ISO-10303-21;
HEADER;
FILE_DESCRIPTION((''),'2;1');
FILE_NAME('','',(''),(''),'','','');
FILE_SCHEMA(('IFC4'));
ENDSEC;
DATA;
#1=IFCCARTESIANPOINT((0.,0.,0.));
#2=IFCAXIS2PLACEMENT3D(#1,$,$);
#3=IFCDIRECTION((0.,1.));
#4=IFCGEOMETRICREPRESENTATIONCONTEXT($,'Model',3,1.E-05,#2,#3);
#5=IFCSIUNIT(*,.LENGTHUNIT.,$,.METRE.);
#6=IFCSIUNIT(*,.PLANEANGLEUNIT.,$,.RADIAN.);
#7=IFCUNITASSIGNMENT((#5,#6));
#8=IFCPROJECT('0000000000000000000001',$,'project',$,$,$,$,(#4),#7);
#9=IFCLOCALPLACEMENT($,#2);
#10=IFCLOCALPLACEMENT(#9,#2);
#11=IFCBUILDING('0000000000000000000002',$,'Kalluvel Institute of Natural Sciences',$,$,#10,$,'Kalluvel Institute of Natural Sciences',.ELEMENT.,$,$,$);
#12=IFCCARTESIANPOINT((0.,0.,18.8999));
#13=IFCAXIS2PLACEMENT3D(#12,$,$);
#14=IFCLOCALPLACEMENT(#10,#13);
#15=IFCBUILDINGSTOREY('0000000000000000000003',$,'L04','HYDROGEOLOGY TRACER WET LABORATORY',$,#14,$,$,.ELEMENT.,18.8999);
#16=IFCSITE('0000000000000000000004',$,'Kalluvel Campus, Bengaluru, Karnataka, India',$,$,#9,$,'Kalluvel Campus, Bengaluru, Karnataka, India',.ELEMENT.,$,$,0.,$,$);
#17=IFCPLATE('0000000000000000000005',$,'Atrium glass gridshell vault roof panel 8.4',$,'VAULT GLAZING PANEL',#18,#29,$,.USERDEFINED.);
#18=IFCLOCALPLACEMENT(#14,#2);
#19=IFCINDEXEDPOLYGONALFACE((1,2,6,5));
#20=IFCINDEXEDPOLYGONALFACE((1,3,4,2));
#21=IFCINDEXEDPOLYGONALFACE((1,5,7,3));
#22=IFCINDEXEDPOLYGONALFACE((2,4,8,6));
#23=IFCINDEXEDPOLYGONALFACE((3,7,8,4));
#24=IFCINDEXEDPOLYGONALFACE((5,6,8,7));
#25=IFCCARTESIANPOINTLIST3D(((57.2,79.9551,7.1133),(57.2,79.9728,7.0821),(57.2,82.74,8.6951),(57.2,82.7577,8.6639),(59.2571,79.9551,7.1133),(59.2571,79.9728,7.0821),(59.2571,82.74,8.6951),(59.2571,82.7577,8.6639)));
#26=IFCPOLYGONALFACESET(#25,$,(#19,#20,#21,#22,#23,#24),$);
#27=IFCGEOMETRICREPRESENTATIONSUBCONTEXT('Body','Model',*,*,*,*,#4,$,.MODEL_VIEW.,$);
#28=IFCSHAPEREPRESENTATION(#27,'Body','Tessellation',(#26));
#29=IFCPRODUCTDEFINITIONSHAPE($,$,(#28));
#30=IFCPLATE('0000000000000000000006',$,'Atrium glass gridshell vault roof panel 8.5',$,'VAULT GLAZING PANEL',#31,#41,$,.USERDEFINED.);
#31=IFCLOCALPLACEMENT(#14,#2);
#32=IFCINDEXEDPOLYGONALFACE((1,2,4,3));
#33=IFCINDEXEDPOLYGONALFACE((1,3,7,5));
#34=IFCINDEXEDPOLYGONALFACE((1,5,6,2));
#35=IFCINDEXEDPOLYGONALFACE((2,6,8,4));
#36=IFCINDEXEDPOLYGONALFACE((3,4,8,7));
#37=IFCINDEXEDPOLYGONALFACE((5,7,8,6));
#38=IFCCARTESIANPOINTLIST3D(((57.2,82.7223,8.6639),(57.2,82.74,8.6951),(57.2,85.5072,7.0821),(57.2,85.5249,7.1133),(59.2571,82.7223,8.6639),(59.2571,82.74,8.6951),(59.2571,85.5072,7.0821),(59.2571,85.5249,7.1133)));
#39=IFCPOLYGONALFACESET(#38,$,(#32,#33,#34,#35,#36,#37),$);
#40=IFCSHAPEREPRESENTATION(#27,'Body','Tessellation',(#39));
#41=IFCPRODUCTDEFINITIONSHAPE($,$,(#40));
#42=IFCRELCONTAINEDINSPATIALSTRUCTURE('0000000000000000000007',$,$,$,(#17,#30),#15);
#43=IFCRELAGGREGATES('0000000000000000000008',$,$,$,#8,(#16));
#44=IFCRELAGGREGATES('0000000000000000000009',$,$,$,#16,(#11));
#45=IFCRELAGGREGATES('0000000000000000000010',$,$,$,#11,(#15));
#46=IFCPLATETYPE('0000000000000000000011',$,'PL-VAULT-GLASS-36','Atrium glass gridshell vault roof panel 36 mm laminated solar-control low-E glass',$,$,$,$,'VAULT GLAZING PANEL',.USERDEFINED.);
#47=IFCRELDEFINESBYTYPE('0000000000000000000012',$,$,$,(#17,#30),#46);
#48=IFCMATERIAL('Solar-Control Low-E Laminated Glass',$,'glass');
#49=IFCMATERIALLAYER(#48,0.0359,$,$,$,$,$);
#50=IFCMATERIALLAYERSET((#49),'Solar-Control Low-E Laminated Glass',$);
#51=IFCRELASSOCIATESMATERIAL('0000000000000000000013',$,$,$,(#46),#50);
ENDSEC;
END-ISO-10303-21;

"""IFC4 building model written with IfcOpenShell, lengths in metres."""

from ifc_helpers import new_model, si_unit, direction, frame, origin, place, context, subcontext, project, spatial, polyline, outline, extrude, material, layer, layer_set, type_object, element, save


model = new_model("IFC4")

# Units and contexts
model_context = context("Model", 3, precision=1e-05, world=origin(), true_north=direction((0.0, 1.0)))
body_context = subcontext(model_context, "Body", "Model", "MODEL_VIEW")
ifc_project = project(units=[si_unit("LENGTHUNIT", "METRE"), si_unit("PLANEANGLEUNIT", "RADIAN")], contexts=[model_context])

# Site, building, storey
site_placement = place(None, origin())
site = spatial("IfcSite", under=ifc_project, at=site_placement, Name="Kalluvel Campus, Bengaluru, Karnataka, India", LongName="Kalluvel Campus, Bengaluru, Karnataka, India", CompositionType="ELEMENT", RefElevation=0.0)
building_placement = place(site_placement, origin())
building = spatial("IfcBuilding", under=site, at=building_placement, Name="Kalluvel Institute of Natural Sciences", LongName="Kalluvel Institute of Natural Sciences", CompositionType="ELEMENT")
storey_placement = place(building_placement, frame((0.0, 0.0, 18.8999)))
storey = spatial("IfcBuildingStorey", under=building, at=storey_placement, Name="L04", Description="HYDROGEOLOGY TRACER WET LABORATORY", CompositionType="ELEMENT", Elevation=18.8999)

# Plates
ifc_material_1 = material(Name="Solar-Control Low-E Laminated Glass", Category="glass")
ifc_layer_1 = layer(ifc_material_1, 0.0359)
ifc_layer_set_1 = layer_set([ifc_layer_1], Name="Solar-Control Low-E Laminated Glass")
plate_type_1 = type_object("IfcPlateType", Name="PL-VAULT-GLASS-36", Description="Atrium glass gridshell vault roof panel 36 mm laminated solar-control low-E glass", ElementType="VAULT GLAZING PANEL", PredefinedType="USERDEFINED", material=ifc_layer_set_1)
for number, where, z_axis, x_axis, name in (
    (1, (57.2, 79.9551, 7.1133), (0.0, -0.49388, 0.86953), (1.0, 0.0, 0.0), "Atrium glass gridshell vault roof panel 8.4"),
    (2, (57.2, 82.74, 8.6951), (0.0, 0.49388, 0.86953), (1.0, 0.0, 0.0), "Atrium glass gridshell vault roof panel 8.5"),
):
    element("IfcPlate", number, at=place(storey_placement, frame(where, z_axis=z_axis, x_axis=x_axis)), inside=storey, type_object=plate_type_1, Name=name, ObjectType="VAULT GLAZING PANEL", PredefinedType="USERDEFINED", context=body_context, shape_type="SweptSolid", body=[
        extrude(outline(polyline([(0.0, 0.0), (2.0571, 0.0), (2.0571, 3.2028), (0.0, 3.2028), (0.0, 0.0)])), origin(), (0.0, 0.0, -1.0), 0.0359),
    ])

save(model, "model.ifc")
